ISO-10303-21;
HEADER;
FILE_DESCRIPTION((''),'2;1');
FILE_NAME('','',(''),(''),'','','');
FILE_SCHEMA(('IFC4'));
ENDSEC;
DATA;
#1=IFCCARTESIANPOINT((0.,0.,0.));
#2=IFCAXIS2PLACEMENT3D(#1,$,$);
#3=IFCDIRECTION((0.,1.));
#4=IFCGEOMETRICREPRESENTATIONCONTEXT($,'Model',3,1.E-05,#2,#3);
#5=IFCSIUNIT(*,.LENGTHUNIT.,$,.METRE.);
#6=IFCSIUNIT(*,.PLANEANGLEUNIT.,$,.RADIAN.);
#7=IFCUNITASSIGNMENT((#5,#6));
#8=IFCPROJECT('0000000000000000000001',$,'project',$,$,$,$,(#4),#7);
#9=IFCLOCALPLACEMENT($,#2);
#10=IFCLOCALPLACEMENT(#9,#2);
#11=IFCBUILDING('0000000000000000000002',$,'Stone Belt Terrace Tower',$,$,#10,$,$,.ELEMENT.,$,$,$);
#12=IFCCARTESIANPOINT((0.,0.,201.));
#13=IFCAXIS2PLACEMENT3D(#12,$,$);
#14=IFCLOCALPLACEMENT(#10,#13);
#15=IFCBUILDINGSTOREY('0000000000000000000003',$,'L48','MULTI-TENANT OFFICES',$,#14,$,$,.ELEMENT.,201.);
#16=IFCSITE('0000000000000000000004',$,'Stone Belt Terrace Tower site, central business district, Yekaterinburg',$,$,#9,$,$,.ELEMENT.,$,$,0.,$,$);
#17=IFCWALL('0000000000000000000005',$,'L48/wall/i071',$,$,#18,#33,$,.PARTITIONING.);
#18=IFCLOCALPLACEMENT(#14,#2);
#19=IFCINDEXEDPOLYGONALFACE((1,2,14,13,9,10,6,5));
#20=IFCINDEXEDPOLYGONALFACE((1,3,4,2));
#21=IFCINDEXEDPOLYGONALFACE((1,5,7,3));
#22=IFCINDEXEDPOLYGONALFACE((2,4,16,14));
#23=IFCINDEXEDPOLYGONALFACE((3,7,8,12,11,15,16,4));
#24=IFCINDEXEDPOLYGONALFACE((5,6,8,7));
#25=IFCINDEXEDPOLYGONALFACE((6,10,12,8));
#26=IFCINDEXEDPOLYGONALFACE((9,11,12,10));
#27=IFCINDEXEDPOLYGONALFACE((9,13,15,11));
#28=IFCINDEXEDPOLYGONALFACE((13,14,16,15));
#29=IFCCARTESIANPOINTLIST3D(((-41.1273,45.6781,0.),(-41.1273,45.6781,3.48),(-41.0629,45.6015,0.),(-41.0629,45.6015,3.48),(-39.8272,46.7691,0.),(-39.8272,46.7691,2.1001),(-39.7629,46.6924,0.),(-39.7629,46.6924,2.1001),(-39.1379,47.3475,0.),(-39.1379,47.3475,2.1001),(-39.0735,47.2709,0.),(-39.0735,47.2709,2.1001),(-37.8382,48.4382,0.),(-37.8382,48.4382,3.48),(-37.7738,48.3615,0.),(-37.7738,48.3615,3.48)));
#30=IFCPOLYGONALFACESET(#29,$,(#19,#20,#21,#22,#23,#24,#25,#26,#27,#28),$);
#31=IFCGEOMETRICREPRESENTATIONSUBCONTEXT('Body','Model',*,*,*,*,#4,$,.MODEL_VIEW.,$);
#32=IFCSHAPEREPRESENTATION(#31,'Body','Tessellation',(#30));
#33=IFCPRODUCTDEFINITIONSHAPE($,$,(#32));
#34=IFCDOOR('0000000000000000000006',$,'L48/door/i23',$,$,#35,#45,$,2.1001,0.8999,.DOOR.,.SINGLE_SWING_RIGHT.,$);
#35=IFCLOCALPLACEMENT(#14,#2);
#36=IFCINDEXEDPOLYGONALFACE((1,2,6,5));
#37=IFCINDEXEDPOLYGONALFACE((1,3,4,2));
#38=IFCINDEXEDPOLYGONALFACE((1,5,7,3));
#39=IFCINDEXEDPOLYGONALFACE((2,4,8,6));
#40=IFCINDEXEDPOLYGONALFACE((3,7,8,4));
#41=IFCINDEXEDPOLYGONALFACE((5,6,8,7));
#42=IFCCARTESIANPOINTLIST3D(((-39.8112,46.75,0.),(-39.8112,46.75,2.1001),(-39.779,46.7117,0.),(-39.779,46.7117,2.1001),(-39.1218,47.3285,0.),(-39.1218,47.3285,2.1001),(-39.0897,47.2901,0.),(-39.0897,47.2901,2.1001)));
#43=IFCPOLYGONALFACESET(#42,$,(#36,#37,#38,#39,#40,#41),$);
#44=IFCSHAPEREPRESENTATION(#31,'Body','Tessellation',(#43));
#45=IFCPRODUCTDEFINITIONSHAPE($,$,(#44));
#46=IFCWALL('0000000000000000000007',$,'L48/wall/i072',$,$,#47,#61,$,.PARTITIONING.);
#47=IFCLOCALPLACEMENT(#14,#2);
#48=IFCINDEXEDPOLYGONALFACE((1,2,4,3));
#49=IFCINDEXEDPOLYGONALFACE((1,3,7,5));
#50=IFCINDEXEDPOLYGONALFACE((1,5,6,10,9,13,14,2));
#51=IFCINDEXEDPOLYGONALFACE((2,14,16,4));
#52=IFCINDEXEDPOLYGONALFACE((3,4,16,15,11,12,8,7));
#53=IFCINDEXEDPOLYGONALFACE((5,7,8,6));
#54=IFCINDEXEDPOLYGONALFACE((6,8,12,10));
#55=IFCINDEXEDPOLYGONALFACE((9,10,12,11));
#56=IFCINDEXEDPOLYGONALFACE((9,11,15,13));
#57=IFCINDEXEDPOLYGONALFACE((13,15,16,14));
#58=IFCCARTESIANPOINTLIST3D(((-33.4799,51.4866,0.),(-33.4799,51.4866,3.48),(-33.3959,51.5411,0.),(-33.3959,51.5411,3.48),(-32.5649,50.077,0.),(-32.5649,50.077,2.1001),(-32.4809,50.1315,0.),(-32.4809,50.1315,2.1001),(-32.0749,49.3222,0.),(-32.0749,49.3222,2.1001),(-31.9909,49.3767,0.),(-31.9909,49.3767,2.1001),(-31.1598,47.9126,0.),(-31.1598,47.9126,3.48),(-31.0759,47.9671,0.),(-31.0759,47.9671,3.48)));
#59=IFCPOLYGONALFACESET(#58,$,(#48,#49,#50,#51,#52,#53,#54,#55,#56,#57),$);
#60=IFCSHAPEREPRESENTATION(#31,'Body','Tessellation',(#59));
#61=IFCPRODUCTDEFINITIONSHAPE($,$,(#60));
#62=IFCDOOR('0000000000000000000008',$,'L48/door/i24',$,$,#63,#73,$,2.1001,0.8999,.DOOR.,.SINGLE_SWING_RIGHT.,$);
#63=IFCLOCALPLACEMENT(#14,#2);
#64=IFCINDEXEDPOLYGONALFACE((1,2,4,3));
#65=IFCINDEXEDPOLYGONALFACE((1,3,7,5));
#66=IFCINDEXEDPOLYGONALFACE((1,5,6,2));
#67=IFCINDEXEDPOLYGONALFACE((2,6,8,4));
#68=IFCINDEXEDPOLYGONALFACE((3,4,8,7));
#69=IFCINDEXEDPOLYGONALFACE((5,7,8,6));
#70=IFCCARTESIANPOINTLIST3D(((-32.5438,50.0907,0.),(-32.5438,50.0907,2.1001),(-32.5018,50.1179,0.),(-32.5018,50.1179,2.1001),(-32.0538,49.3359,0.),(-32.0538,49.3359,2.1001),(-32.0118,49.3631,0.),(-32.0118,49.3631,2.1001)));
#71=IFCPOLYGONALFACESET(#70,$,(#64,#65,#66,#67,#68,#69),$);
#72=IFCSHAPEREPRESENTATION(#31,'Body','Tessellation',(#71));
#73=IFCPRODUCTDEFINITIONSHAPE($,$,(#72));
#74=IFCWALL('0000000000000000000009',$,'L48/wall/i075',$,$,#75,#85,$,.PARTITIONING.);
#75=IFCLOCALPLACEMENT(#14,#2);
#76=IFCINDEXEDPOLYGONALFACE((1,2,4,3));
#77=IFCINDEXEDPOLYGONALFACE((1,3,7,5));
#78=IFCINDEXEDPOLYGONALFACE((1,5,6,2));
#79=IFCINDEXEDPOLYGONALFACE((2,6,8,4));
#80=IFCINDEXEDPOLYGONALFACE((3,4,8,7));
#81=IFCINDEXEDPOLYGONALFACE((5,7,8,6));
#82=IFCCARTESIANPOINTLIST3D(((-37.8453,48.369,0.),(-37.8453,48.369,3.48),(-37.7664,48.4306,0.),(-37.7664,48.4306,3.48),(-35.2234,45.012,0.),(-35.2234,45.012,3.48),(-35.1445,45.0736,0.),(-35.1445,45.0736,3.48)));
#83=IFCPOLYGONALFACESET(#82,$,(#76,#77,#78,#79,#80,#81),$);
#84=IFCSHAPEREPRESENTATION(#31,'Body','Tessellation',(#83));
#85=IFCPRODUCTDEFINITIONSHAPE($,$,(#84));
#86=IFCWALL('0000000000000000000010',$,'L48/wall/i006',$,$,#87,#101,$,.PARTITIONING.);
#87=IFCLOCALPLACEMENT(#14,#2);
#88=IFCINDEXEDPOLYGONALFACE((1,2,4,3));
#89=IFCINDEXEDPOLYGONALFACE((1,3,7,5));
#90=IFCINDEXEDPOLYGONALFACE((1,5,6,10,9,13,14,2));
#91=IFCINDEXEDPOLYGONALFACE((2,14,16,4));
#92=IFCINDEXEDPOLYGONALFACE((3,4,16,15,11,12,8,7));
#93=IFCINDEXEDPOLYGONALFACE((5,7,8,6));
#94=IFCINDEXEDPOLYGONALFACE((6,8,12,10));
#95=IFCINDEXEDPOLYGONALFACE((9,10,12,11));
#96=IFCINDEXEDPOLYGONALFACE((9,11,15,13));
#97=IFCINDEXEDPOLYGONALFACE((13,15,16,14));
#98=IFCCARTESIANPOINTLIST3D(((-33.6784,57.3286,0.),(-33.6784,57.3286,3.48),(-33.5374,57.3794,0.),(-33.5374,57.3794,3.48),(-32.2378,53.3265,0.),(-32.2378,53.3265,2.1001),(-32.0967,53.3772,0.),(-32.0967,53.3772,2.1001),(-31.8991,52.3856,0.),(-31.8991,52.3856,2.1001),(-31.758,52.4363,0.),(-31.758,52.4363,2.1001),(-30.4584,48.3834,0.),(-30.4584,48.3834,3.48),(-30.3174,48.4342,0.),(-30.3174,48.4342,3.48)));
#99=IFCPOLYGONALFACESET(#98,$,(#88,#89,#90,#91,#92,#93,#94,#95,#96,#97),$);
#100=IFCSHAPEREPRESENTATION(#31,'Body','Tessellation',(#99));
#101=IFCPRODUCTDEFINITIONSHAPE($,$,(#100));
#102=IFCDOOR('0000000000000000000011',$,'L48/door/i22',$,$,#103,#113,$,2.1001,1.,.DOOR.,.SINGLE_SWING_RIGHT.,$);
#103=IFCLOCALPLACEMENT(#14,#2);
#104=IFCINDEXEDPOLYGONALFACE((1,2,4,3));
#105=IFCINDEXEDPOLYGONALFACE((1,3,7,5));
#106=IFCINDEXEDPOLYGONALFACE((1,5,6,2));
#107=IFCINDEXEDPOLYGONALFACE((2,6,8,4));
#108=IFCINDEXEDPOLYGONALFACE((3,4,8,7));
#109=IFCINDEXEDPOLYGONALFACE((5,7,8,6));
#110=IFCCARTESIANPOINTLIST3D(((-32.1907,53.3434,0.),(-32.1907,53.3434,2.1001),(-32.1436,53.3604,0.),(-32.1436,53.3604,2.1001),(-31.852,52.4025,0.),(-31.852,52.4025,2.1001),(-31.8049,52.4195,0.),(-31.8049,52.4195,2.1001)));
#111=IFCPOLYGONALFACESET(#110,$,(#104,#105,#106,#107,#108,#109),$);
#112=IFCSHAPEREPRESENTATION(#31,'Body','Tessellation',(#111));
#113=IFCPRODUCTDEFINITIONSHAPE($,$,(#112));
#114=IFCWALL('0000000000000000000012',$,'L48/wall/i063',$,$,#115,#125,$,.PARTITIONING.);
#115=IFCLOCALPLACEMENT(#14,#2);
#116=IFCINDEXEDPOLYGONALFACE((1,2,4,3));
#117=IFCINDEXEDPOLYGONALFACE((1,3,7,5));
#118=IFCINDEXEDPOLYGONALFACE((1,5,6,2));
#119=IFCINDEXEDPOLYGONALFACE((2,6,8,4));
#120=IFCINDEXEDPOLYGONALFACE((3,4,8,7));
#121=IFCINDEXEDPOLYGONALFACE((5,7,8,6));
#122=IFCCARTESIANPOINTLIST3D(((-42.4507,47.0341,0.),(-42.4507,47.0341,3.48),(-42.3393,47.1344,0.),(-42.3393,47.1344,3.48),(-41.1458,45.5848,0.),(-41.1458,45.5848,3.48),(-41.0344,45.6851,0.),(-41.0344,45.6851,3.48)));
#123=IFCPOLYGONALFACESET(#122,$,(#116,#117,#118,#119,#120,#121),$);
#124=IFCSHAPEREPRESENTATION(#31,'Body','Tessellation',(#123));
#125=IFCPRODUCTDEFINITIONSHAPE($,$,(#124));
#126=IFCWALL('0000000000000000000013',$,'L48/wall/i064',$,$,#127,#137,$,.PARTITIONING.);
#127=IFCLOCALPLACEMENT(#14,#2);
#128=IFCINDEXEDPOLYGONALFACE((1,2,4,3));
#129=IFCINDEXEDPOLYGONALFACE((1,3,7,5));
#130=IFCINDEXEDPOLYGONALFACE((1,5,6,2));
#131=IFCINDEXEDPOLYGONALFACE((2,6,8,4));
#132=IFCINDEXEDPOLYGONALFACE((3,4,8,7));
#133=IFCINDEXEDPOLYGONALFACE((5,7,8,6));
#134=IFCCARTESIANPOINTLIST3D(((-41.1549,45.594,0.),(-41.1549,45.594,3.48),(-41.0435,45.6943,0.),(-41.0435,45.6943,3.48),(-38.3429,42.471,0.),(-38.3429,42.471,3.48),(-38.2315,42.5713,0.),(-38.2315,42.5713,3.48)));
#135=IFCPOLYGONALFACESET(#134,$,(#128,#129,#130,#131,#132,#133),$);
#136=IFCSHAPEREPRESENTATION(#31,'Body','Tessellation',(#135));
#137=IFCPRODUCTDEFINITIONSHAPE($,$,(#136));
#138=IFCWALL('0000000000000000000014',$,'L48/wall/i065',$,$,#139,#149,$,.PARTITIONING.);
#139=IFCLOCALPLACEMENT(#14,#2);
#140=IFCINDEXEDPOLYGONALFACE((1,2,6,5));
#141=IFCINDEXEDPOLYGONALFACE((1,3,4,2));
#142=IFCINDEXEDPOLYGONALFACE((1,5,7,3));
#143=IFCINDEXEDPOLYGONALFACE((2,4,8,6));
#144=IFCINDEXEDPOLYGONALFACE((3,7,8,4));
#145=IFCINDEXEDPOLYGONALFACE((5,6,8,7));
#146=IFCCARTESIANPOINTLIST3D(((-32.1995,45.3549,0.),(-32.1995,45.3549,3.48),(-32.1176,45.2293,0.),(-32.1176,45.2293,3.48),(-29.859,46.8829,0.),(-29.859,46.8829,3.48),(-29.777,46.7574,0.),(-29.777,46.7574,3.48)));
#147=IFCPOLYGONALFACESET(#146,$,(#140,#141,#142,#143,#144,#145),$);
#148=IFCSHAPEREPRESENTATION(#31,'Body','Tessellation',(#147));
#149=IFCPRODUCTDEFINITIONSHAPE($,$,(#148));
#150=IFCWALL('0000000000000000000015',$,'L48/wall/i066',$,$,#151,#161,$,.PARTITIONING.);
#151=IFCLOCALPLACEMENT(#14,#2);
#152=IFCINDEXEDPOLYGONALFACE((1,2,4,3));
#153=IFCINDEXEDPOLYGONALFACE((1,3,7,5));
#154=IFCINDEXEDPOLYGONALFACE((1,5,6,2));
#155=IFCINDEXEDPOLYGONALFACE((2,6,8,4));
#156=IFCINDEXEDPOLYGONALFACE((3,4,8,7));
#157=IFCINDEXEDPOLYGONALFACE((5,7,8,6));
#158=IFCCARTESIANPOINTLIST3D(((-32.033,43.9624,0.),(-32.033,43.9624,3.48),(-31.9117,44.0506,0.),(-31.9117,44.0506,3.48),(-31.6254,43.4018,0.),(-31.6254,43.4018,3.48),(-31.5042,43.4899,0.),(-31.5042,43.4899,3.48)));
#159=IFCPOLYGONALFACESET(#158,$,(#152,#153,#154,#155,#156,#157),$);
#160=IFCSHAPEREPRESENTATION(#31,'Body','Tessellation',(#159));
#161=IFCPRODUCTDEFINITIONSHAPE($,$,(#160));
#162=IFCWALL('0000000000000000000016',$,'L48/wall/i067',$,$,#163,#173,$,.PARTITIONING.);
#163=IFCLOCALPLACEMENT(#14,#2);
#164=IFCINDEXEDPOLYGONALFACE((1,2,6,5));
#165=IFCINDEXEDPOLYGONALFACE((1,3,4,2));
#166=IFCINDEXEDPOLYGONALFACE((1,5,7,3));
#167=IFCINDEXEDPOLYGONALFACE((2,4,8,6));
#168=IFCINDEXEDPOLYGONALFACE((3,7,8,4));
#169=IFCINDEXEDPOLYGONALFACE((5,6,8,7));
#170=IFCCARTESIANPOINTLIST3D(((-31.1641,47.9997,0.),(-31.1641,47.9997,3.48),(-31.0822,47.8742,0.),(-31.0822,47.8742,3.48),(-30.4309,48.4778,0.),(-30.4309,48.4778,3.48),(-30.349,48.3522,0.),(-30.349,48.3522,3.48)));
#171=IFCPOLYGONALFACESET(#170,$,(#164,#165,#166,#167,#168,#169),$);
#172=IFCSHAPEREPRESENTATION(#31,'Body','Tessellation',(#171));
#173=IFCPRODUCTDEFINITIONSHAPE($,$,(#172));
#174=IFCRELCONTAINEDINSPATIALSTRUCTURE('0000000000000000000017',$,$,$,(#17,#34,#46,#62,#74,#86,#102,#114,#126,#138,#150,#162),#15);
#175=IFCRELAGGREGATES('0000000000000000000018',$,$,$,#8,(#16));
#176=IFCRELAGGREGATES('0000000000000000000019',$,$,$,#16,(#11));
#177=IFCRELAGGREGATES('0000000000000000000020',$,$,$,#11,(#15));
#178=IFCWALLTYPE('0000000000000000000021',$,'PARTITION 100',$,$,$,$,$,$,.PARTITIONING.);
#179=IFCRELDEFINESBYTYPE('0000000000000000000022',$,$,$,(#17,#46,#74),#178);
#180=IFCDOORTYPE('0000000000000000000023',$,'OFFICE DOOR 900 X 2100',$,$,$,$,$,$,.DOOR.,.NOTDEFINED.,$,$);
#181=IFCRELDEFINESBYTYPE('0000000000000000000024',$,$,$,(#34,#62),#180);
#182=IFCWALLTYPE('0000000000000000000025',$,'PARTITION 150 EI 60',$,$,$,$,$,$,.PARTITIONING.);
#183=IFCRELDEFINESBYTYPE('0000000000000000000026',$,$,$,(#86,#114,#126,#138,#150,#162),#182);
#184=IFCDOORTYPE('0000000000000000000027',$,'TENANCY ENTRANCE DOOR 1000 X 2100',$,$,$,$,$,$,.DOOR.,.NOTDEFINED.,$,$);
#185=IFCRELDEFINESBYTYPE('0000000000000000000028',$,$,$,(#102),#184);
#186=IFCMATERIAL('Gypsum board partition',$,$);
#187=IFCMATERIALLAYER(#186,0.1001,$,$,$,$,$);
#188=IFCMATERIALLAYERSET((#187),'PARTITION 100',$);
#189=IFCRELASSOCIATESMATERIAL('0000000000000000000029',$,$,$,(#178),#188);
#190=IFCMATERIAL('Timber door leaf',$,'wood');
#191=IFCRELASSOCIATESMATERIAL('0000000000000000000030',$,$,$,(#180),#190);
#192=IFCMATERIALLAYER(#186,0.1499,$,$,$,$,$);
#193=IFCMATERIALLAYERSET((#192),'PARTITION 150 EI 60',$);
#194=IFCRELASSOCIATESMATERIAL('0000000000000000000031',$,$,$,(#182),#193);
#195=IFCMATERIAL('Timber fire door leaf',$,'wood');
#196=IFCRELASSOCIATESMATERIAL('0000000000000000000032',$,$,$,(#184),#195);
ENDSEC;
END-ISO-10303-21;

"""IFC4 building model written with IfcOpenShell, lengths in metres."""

from ifc_helpers import new_model, si_unit, direction, frame, frame_2d, origin, place, context, subcontext, project, spatial, rectangle, extrude, material, layer, layer_set, type_object, element, fill, save


model = new_model("IFC4")

# Units and contexts
model_context = context("Model", 3, precision=1e-05, world=origin(), true_north=direction((0.0, 1.0)))
body_context = subcontext(model_context, "Body", "Model", "MODEL_VIEW")
ifc_project = project(units=[si_unit("LENGTHUNIT", "METRE"), si_unit("PLANEANGLEUNIT", "RADIAN")], contexts=[model_context])

# Site, building, storey
site_placement = place(None, origin())
site = spatial("IfcSite", under=ifc_project, at=site_placement, Name="Stone Belt Terrace Tower site, central business district, Yekaterinburg", CompositionType="ELEMENT", RefElevation=0.0)
building_placement = place(site_placement, origin())
building = spatial("IfcBuilding", under=site, at=building_placement, Name="Stone Belt Terrace Tower", CompositionType="ELEMENT")
storey_placement = place(building_placement, frame((0.0, 0.0, 201.0)))
storey = spatial("IfcBuildingStorey", under=building, at=storey_placement, Name="L48", Description="MULTI-TENANT OFFICES", CompositionType="ELEMENT", Elevation=201.0)

# Walls, openings, doors
ifc_material_1 = material(Name="Timber door leaf", Category="wood")
ifc_material_2 = material(Name="Gypsum board partition")
ifc_layer_1 = layer(ifc_material_2, 0.1001)
ifc_layer_set_1 = layer_set([ifc_layer_1], Name="PARTITION 100")
wall_type_1 = type_object("IfcWallType", Name="PARTITION 100", PredefinedType="PARTITIONING", material=ifc_layer_set_1)
wall_1_placement = place(storey_placement, frame((-37.8059, 48.3999, 0.0), z_axis=(0.0, 0.0, 1.0), x_axis=(-0.766026, -0.642809, 0.0)))
wall_1 = element("IfcWall", 1, at=wall_1_placement, inside=storey, type_object=wall_type_1, Name="L48/wall/i071", PredefinedType="PARTITIONING", context=body_context, shape_type="SweptSolid", body=[
    extrude(rectangle(XDim=4.2937, YDim=0.1001, at=frame_2d((2.147, 0.0))), origin(), (0.0, 0.0, 1.0), 3.48),
])
opening_1_placement = place(wall_1_placement, frame((1.6968, 0.0, 0.0)))
opening_1 = element("IfcOpeningElement", 2, at=opening_1_placement, cuts=wall_1, PredefinedType="OPENING", context=body_context, shape_type="SweptSolid", body=[
    extrude(rectangle(XDim=0.8999, YDim=2.1001, at=frame_2d((0.45, 1.05))), frame((0.0, 0.0601, 0.0), z_axis=(0.0, -1.0, 0.0), x_axis=(1.0, 0.0, 0.0)), (0.0, 0.0, 1.0), 0.1201),
])
door_type_1 = type_object("IfcDoorType", Name="OFFICE DOOR 900 X 2100", OperationType="NOTDEFINED", PredefinedType="DOOR", material=ifc_material_1)
door_1_placement = place(opening_1_placement, origin())
door_1 = element("IfcDoor", 3, at=door_1_placement, inside=storey, type_object=door_type_1, Name="L48/door/i23", OperationType="SINGLE_SWING_RIGHT", OverallHeight=2.1001, OverallWidth=0.8999, PredefinedType="DOOR", context=body_context, shape_type="SweptSolid", body=[
    extrude(rectangle(XDim=0.8999, YDim=2.1001, at=frame_2d((0.45, 1.05))), frame((0.0, 0.0249, 0.0), z_axis=(0.0, -1.0, 0.0), x_axis=(1.0, 0.0, 0.0)), (0.0, 0.0, 1.0), 0.05),
])
fill(opening_1, door_1)
wall_2_placement = place(storey_placement, frame((-31.1179, 47.9399, 0.0), z_axis=(0.0, 0.0, 1.0), x_axis=(-0.544491, 0.838767, 0.0)))
wall_2 = element("IfcWall", 4, at=wall_2_placement, inside=storey, type_object=wall_type_1, Name="L48/wall/i072", PredefinedType="PARTITIONING", context=body_context, shape_type="SweptSolid", body=[
    extrude(rectangle(XDim=4.261, YDim=0.1001, at=frame_2d((2.1304, 0.0))), origin(), (0.0, 0.0, 1.0), 3.48),
])
opening_2_placement = place(wall_2_placement, frame((1.6804, 0.0, 0.0)))
opening_2 = element("IfcOpeningElement", 5, at=opening_2_placement, cuts=wall_2, PredefinedType="OPENING", context=body_context, shape_type="SweptSolid", body=[
    extrude(rectangle(XDim=0.8999, YDim=2.1001, at=frame_2d((0.45, 1.05))), frame((0.0, 0.0601, 0.0), z_axis=(0.0, -1.0, 0.0), x_axis=(1.0, 0.0, 0.0)), (0.0, 0.0, 1.0), 0.1201),
])
door_2_placement = place(opening_2_placement, origin())
door_2 = element("IfcDoor", 6, at=door_2_placement, inside=storey, type_object=door_type_1, Name="L48/door/i24", OperationType="SINGLE_SWING_RIGHT", OverallHeight=2.1001, OverallWidth=0.8999, PredefinedType="DOOR", context=body_context, shape_type="SweptSolid", body=[
    extrude(rectangle(XDim=0.8999, YDim=2.1001, at=frame_2d((0.45, 1.05))), frame((0.0, 0.0249, 0.0), z_axis=(0.0, -1.0, 0.0), x_axis=(1.0, 0.0, 0.0)), (0.0, 0.0, 1.0), 0.05),
])
fill(opening_2, door_2)

# Wall
wall_3_placement = place(storey_placement, frame((-37.8059, 48.3999, 0.0), z_axis=(0.0, 0.0, 1.0), x_axis=(0.615531, -0.788113, 0.0)))
element("IfcWall", 7, at=wall_3_placement, inside=storey, type_object=wall_type_1, Name="L48/wall/i075", PredefinedType="PARTITIONING", context=body_context, shape_type="SweptSolid", body=[
    extrude(rectangle(XDim=4.2595, YDim=0.1001, at=frame_2d((2.1299, 0.0))), origin(), (0.0, 0.0, 1.0), 3.48),
])

# Wall, opening, door
ifc_layer_2 = layer(ifc_material_2, 0.1499)
ifc_layer_set_2 = layer_set([ifc_layer_2], Name="PARTITION 150 EI 60")
wall_type_2 = type_object("IfcWallType", Name="PARTITION 150 EI 60", PredefinedType="PARTITIONING", material=ifc_layer_set_2)
wall_4_placement = place(storey_placement, frame((-30.3879, 48.4089, 0.0), z_axis=(0.0, 0.0, 1.0), x_axis=(-0.338696, 0.940896, 0.0)))
wall_4 = element("IfcWall", 8, at=wall_4_placement, inside=storey, type_object=wall_type_2, Name="L48/wall/i006", PredefinedType="PARTITIONING", context=body_context, shape_type="SweptSolid", body=[
    extrude(rectangle(XDim=9.5071, YDim=0.1499, at=frame_2d((4.7534, 0.0))), origin(), (0.0, 0.0, 1.0), 3.48),
])
opening_3_placement = place(wall_4_placement, frame((4.2534, 0.0, 0.0)))
opening_3 = element("IfcOpeningElement", 9, at=opening_3_placement, cuts=wall_4, PredefinedType="OPENING", context=body_context, shape_type="SweptSolid", body=[
    extrude(rectangle(XDim=1.0, YDim=2.1001, at=frame_2d((0.5, 1.05))), frame((0.0, 0.085, 0.0), z_axis=(0.0, -1.0, 0.0), x_axis=(1.0, 0.0, 0.0)), (0.0, 0.0, 1.0), 0.1699),
])
ifc_material_3 = material(Name="Timber fire door leaf", Category="wood")
door_type_2 = type_object("IfcDoorType", Name="TENANCY ENTRANCE DOOR 1000 X 2100", OperationType="NOTDEFINED", PredefinedType="DOOR", material=ifc_material_3)
door_3_placement = place(opening_3_placement, origin())
door_3 = element("IfcDoor", 10, at=door_3_placement, inside=storey, type_object=door_type_2, Name="L48/door/i22", OperationType="SINGLE_SWING_RIGHT", OverallHeight=2.1001, OverallWidth=1.0, PredefinedType="DOOR", context=body_context, shape_type="SweptSolid", body=[
    extrude(rectangle(XDim=1.0, YDim=2.1001, at=frame_2d((0.5, 1.05))), frame((0.0, 0.0249, 0.0), z_axis=(0.0, -1.0, 0.0), x_axis=(1.0, 0.0, 0.0)), (0.0, 0.0, 1.0), 0.05),
])
fill(opening_3, door_3)

# Walls
wall_5_placement = place(storey_placement, frame((-42.395, 47.0842, 0.0), z_axis=(0.0, 0.0, 1.0), x_axis=(0.669145, -0.743132, 0.0)))
element("IfcWall", 11, at=wall_5_placement, inside=storey, type_object=wall_type_2, Name="L48/wall/i063", PredefinedType="PARTITIONING", context=body_context, shape_type="SweptSolid", body=[
    extrude(rectangle(XDim=1.9502, YDim=0.1499, at=frame_2d((0.9751, 0.0))), origin(), (0.0, 0.0, 1.0), 3.48),
])
wall_6_placement = place(storey_placement, frame((-41.0991, 45.644, 0.0), z_axis=(0.0, 0.0, 1.0), x_axis=(0.669132, -0.743144, 0.0)))
element("IfcWall", 12, at=wall_6_placement, inside=storey, type_object=wall_type_2, Name="L48/wall/i064", PredefinedType="PARTITIONING", context=body_context, shape_type="SweptSolid", body=[
    extrude(rectangle(XDim=4.2024, YDim=0.1499, at=frame_2d((2.1011, 0.0))), origin(), (0.0, 0.0, 1.0), 3.48),
])
wall_7_placement = place(storey_placement, frame((-29.8181, 46.8201, 0.0), z_axis=(0.0, 0.0, 1.0), x_axis=(-0.837346, -0.546673, 0.0)))
element("IfcWall", 13, at=wall_7_placement, inside=storey, type_object=wall_type_2, Name="L48/wall/i065", PredefinedType="PARTITIONING", context=body_context, shape_type="SweptSolid", body=[
    extrude(rectangle(XDim=2.7952, YDim=0.1499, at=frame_2d((1.3975, 0.0))), origin(), (0.0, 0.0, 1.0), 3.48),
])
wall_8_placement = place(storey_placement, frame((-31.9724, 44.0066, 0.0), z_axis=(0.0, 0.0, 1.0), x_axis=(0.587983, -0.808873, 0.0)))
element("IfcWall", 14, at=wall_8_placement, inside=storey, type_object=wall_type_2, Name="L48/wall/i066", PredefinedType="PARTITIONING", context=body_context, shape_type="SweptSolid", body=[
    extrude(rectangle(XDim=0.6931, YDim=0.1499, at=frame_2d((0.3467, 0.0))), origin(), (0.0, 0.0, 1.0), 3.48),
])
wall_9_placement = place(storey_placement, frame((-31.123, 47.937, 0.0), z_axis=(0.0, 0.0, 1.0), x_axis=(0.837672, 0.546174, 0.0)))
element("IfcWall", 15, at=wall_9_placement, inside=storey, type_object=wall_type_2, Name="L48/wall/i067", PredefinedType="PARTITIONING", context=body_context, shape_type="SweptSolid", body=[
    extrude(rectangle(XDim=0.8752, YDim=0.1499, at=frame_2d((0.4375, 0.0))), origin(), (0.0, 0.0, 1.0), 3.48),
])

save(model, "model.ifc")
